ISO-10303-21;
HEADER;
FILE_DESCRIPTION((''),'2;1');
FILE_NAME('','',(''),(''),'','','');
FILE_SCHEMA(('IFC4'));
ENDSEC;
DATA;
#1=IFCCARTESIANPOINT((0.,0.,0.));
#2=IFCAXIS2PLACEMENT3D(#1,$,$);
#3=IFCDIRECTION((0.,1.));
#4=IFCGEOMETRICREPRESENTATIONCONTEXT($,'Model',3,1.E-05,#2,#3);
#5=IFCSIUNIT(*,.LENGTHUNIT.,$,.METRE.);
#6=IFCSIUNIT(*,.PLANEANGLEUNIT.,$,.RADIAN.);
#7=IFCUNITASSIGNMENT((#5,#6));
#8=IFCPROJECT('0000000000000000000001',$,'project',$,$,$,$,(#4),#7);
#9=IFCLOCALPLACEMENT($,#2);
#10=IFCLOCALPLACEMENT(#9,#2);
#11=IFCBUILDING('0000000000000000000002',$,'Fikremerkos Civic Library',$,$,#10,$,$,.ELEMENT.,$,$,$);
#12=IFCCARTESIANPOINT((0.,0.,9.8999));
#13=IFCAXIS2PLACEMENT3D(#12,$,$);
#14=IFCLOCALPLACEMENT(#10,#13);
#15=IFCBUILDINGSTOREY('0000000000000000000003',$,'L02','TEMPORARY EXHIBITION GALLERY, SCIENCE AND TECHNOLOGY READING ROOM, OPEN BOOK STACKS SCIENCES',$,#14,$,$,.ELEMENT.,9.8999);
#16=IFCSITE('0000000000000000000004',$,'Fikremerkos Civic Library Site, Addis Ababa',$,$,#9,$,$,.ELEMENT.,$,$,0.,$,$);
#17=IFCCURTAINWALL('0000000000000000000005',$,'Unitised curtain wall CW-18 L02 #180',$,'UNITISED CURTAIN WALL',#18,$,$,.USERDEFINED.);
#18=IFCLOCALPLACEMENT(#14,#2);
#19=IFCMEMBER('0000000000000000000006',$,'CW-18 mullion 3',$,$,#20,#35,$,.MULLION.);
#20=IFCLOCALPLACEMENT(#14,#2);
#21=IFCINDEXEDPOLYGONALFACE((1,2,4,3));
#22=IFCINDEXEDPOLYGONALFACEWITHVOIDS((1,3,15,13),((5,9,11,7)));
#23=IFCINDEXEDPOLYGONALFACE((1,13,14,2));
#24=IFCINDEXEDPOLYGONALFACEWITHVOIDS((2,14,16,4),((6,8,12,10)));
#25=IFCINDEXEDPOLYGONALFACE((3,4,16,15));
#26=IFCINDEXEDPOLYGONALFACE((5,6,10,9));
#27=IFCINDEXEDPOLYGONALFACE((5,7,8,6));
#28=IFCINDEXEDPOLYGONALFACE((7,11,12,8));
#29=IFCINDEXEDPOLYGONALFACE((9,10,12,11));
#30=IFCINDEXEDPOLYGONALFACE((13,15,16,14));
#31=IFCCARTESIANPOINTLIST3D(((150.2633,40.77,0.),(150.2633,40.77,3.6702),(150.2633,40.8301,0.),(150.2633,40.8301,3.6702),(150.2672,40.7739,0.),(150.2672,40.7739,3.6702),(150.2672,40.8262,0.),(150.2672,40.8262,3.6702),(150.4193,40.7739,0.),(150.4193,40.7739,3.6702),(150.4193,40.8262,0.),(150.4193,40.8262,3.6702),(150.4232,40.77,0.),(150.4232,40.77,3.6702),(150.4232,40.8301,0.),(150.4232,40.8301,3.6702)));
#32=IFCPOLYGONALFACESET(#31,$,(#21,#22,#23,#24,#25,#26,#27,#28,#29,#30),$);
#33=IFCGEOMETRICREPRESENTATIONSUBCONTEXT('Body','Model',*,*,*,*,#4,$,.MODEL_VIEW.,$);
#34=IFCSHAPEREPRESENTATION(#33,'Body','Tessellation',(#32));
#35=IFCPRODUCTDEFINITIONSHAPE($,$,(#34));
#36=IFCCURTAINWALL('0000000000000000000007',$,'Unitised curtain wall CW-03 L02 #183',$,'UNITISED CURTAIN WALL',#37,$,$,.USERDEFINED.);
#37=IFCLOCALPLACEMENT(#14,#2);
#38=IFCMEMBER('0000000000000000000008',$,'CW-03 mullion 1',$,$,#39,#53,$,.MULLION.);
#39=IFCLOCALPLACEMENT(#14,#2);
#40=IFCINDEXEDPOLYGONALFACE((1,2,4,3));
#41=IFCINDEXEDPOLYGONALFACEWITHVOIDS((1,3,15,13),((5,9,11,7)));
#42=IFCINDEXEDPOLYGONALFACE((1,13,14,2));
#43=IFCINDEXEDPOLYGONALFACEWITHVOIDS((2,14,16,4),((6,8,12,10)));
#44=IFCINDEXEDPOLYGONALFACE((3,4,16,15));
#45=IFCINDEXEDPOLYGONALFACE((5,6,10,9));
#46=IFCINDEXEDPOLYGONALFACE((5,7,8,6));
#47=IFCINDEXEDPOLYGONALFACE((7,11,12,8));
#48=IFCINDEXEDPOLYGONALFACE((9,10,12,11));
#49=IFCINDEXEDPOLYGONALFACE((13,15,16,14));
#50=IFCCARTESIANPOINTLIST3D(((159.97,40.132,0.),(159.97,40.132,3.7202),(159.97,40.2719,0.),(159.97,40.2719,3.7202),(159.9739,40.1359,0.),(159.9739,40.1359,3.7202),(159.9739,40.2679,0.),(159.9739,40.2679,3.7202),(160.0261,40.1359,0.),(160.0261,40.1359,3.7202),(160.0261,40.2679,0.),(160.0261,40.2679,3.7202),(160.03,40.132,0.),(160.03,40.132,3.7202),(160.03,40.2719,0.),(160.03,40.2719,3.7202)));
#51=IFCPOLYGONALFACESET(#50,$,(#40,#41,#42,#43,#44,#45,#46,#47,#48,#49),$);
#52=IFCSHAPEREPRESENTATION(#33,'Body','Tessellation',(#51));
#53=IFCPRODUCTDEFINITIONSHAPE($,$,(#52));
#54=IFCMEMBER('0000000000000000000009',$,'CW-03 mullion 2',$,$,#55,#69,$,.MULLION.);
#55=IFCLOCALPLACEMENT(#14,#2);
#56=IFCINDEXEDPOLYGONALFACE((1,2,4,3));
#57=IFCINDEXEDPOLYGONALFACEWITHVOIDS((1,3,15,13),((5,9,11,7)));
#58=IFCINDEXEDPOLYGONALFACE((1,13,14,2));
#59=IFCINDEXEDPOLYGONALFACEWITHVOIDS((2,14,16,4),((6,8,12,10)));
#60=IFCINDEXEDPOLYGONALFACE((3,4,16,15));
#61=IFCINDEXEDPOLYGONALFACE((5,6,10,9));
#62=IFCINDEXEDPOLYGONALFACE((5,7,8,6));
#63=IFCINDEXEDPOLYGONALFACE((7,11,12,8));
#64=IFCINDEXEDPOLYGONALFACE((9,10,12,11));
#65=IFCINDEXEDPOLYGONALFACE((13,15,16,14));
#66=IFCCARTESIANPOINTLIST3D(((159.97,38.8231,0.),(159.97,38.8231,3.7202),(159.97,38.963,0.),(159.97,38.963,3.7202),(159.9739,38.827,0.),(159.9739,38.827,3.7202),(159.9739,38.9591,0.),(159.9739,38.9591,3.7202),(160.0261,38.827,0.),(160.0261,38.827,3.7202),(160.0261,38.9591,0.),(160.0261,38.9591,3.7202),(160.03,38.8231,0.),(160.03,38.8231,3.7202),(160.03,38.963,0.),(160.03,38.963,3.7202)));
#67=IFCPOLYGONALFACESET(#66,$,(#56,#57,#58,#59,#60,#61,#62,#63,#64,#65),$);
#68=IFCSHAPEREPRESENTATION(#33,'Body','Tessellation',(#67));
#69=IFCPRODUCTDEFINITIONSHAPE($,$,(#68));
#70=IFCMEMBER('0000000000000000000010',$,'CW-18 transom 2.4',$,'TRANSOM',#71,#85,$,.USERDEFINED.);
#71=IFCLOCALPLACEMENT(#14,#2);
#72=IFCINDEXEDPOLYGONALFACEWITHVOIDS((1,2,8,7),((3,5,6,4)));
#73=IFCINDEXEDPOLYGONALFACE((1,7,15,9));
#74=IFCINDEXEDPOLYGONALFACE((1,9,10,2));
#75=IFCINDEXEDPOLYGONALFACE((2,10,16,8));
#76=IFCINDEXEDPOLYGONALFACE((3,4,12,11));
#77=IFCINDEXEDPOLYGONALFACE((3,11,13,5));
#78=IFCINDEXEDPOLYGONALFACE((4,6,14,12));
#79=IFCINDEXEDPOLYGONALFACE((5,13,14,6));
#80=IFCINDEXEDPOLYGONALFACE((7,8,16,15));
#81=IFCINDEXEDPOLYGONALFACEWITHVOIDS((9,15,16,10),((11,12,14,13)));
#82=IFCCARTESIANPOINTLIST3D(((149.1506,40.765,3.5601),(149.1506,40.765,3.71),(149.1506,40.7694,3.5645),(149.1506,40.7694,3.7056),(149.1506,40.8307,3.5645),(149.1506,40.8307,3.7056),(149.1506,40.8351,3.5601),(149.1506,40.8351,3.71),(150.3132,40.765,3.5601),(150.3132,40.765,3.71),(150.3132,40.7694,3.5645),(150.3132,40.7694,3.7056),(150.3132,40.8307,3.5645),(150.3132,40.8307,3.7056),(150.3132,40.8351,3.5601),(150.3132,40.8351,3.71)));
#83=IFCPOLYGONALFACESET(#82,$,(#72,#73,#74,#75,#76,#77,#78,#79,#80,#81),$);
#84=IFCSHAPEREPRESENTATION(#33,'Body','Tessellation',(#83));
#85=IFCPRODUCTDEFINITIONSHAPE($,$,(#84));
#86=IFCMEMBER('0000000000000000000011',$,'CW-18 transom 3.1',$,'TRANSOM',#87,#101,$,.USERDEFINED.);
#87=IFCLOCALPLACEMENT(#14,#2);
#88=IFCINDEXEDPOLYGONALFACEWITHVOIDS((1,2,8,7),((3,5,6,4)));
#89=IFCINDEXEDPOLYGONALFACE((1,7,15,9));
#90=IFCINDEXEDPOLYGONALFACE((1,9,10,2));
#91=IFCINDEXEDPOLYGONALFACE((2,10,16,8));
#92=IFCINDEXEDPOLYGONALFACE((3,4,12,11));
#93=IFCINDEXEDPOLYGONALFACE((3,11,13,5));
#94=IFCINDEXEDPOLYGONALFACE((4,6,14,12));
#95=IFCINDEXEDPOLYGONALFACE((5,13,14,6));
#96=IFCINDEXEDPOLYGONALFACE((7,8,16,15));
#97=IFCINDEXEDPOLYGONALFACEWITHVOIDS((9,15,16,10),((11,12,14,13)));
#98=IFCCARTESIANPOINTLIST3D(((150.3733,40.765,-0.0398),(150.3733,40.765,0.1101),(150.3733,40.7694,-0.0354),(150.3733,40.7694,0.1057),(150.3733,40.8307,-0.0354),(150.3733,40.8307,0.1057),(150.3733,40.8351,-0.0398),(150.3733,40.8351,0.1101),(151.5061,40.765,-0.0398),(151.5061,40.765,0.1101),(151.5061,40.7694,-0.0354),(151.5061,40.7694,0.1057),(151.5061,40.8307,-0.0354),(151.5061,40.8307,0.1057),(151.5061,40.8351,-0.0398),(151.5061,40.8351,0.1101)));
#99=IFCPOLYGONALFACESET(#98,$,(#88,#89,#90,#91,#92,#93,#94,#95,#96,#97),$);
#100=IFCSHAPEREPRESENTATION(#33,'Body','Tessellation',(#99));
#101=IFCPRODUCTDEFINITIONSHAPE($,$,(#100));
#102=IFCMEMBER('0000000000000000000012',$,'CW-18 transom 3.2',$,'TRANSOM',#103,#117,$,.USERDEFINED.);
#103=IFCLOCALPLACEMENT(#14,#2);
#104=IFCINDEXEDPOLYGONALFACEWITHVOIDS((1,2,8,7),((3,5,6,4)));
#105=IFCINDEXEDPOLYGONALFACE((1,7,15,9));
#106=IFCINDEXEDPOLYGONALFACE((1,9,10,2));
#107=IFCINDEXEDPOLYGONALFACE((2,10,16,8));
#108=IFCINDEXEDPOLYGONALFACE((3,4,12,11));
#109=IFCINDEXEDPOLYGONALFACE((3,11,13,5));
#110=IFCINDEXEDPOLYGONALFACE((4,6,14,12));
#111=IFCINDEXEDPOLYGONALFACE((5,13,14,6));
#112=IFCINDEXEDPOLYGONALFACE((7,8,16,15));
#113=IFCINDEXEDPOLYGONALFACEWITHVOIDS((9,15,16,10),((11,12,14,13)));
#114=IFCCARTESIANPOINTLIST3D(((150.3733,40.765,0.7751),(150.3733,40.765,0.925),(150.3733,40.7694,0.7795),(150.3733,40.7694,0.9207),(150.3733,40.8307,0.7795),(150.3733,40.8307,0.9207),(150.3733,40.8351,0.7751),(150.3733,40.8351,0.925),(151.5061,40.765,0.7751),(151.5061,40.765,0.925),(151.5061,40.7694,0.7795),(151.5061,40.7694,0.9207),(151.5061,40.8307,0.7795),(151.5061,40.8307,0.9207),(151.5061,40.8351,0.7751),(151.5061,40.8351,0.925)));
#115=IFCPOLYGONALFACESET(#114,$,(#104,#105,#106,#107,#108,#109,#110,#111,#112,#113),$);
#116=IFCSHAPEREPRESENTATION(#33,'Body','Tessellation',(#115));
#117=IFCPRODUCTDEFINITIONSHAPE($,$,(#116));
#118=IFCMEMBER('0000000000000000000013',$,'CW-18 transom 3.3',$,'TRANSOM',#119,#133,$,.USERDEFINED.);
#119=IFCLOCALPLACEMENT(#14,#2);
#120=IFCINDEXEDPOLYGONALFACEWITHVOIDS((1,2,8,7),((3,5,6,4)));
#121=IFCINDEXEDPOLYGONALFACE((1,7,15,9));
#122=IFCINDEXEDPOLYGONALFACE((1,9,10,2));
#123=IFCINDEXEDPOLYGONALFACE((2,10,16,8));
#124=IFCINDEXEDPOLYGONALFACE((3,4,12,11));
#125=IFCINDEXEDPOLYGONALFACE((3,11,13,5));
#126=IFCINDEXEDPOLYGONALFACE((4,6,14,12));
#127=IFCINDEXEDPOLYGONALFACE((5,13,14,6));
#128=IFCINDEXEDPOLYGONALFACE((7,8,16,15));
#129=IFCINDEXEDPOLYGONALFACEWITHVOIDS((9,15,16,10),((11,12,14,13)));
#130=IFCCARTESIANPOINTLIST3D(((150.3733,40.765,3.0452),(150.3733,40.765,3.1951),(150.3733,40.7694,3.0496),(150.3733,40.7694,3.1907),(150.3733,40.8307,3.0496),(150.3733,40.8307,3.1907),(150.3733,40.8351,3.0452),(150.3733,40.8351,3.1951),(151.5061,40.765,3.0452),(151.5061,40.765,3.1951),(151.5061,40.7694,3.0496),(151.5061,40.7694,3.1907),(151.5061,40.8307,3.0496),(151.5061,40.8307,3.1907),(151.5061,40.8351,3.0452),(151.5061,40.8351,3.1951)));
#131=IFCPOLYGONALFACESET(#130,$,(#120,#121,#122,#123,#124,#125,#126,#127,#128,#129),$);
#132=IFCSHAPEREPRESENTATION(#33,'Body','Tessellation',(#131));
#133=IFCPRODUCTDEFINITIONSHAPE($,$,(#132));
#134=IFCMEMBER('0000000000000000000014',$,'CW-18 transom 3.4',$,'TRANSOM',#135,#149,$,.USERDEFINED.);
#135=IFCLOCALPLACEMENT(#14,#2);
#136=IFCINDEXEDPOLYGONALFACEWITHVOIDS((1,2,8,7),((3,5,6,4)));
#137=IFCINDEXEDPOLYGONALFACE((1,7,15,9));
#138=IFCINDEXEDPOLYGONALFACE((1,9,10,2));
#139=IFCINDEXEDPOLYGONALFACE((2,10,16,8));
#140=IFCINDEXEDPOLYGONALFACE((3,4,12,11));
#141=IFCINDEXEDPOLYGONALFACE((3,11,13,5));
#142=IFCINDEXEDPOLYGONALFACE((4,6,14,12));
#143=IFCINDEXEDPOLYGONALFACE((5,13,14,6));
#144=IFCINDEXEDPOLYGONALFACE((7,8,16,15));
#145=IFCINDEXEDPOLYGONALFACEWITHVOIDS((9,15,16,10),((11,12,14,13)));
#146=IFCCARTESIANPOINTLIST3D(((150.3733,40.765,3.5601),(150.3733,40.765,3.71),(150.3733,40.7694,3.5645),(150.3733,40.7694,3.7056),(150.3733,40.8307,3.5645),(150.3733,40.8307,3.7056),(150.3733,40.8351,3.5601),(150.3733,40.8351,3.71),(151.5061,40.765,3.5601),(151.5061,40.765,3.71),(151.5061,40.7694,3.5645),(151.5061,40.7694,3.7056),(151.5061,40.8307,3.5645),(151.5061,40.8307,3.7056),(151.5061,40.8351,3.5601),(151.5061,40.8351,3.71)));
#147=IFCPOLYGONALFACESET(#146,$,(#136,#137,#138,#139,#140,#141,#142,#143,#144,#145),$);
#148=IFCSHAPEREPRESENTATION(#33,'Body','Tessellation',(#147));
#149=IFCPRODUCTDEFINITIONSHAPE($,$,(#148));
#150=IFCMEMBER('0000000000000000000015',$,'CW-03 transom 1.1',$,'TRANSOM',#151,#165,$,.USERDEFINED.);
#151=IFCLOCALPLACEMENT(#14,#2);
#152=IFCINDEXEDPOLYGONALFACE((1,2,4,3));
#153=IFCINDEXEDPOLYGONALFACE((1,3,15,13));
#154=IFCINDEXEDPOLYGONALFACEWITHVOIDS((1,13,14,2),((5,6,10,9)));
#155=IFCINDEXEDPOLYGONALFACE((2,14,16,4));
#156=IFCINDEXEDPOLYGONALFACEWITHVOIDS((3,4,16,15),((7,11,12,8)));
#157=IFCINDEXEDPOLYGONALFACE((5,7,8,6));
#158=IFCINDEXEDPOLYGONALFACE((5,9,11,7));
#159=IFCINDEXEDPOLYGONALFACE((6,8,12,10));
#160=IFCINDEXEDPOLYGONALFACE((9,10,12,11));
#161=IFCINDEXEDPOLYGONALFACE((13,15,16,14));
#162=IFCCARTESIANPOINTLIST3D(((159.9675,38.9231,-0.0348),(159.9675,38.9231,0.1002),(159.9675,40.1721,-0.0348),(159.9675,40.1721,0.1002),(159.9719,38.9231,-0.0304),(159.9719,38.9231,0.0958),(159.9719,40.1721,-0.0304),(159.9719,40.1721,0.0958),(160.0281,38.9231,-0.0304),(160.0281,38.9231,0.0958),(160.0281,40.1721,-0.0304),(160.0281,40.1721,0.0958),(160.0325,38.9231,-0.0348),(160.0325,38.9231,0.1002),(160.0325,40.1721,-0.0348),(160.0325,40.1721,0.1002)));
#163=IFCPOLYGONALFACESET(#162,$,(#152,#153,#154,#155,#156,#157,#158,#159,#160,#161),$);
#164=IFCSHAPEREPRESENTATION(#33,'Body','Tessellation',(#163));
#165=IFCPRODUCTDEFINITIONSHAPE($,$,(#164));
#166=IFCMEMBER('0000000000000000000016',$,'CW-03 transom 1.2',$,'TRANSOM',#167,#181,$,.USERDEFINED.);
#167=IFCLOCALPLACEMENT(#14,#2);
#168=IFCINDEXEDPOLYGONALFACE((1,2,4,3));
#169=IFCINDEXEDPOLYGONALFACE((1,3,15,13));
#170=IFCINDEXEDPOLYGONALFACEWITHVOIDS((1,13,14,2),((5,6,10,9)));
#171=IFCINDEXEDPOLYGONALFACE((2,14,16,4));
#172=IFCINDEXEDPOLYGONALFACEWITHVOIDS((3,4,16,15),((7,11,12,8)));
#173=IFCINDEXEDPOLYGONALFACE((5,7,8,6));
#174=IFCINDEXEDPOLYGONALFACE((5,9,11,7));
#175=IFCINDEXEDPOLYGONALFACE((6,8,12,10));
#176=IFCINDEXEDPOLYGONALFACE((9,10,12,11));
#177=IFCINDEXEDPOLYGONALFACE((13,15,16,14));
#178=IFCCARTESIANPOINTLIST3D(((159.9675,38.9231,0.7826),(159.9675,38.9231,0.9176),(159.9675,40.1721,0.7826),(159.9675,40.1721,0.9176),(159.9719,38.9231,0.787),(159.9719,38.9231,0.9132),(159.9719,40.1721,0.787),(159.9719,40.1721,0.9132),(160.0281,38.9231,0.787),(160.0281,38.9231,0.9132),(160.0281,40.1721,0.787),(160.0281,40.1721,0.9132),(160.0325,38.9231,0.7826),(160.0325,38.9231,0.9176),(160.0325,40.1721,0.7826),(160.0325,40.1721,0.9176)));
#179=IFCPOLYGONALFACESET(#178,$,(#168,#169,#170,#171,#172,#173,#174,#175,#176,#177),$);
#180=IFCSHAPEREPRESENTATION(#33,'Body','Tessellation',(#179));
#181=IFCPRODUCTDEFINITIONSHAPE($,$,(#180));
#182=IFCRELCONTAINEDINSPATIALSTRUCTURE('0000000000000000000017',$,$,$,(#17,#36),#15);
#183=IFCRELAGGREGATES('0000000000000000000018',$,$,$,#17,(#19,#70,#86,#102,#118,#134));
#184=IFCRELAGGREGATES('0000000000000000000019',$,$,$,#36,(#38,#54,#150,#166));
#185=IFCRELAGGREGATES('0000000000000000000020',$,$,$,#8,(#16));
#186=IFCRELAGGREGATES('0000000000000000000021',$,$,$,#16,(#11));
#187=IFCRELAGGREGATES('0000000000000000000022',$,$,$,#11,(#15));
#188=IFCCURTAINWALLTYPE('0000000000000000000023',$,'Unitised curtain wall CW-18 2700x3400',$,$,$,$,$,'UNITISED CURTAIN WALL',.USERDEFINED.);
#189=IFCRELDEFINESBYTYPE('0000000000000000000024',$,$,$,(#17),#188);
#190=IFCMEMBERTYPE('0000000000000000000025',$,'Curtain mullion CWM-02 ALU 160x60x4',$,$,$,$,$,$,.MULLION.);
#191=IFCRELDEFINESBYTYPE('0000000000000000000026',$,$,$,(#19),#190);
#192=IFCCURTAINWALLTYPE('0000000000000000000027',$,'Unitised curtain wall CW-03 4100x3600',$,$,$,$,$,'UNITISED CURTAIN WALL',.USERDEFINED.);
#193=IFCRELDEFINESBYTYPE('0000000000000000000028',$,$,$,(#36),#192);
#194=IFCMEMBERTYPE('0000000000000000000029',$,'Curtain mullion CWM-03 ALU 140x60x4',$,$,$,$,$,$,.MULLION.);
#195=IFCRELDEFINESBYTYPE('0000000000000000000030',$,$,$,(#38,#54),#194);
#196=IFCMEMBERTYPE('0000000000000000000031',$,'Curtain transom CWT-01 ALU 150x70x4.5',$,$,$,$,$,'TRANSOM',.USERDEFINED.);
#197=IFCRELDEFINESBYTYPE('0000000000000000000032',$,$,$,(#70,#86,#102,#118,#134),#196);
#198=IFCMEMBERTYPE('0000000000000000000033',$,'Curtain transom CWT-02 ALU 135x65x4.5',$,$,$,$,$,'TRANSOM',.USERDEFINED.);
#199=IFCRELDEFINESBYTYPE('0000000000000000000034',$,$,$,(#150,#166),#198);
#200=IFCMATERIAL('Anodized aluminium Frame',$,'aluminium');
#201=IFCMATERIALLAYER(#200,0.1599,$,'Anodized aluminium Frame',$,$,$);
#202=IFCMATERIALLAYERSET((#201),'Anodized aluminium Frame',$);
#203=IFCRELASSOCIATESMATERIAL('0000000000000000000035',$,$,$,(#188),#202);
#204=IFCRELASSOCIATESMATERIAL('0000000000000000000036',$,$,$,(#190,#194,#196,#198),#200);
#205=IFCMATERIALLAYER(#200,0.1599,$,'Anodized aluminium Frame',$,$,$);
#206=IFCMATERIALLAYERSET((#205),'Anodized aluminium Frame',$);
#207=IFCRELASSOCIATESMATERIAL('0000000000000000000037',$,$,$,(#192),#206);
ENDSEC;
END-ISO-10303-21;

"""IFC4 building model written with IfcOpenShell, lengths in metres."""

from ifc_helpers import new_model, si_unit, direction, frame, origin, origin_2d, place, context, subcontext, project, spatial, hollow_rectangle, extrude, material, layer, layer_set, material_profile, profile_set, type_object, element, aggregate, save


model = new_model("IFC4")

# Units and contexts
model_context = context("Model", 3, precision=1e-05, world=origin(), true_north=direction((0.0, 1.0)))
body_context = subcontext(model_context, "Body", "Model", "MODEL_VIEW")
ifc_project = project(units=[si_unit("LENGTHUNIT", "METRE"), si_unit("PLANEANGLEUNIT", "RADIAN")], contexts=[model_context])

# Site, building, storey
site_placement = place(None, origin())
site = spatial("IfcSite", under=ifc_project, at=site_placement, Name="Fikremerkos Civic Library Site, Addis Ababa", CompositionType="ELEMENT", RefElevation=0.0)
building_placement = place(site_placement, origin())
building = spatial("IfcBuilding", under=site, at=building_placement, Name="Fikremerkos Civic Library", CompositionType="ELEMENT")
storey_placement = place(building_placement, frame((0.0, 0.0, 9.8999)))
storey = spatial("IfcBuildingStorey", under=building, at=storey_placement, Name="L02", Description="TEMPORARY EXHIBITION GALLERY, SCIENCE AND TECHNOLOGY READING ROOM, OPEN BOOK STACKS SCIENCES", CompositionType="ELEMENT", Elevation=9.8999)

# Curtain wall, member
ifc_material_1 = material(Name="Anodized aluminium Frame", Category="aluminium")
ifc_layer_1 = layer(ifc_material_1, 0.1599, Name="Anodized aluminium Frame")
ifc_layer_set_1 = layer_set([ifc_layer_1], Name="Anodized aluminium Frame")
curtain_wall_type_1 = type_object("IfcCurtainWallType", Name="Unitised curtain wall CW-18 2700x3400", ElementType="UNITISED CURTAIN WALL", PredefinedType="USERDEFINED", material=ifc_layer_set_1)
curtain_wall_1_placement = place(storey_placement, origin())
curtain_wall_1 = element("IfcCurtainWall", 1, at=curtain_wall_1_placement, inside=storey, type_object=curtain_wall_type_1, Name="Unitised curtain wall CW-18 L02 #180", ObjectType="UNITISED CURTAIN WALL", PredefinedType="USERDEFINED")
ifc_material_profile_1 = material_profile(ifc_material_1, hollow_rectangle(XDim=0.0601, YDim=0.1599, WallThickness=0.0039, at=origin_2d()), Name="ALU 160x60x4")
ifc_profile_set_1 = profile_set([ifc_material_profile_1], Name="Anodized aluminium Frame")
member_type_1 = type_object("IfcMemberType", Name="Curtain mullion CWM-02 ALU 160x60x4", PredefinedType="MULLION", material=ifc_profile_set_1)
member_1_placement = place(storey_placement, frame((150.3433, 40.8, 0.0), z_axis=(0.0, 0.0, 1.0), x_axis=(0.0, 1.0, 0.0)))
member_1 = element("IfcMember", 2, at=member_1_placement, type_object=member_type_1, Name="CW-18 mullion 3", PredefinedType="MULLION", context=body_context, shape_type="SweptSolid", body=[
    extrude(hollow_rectangle(XDim=0.0601, YDim=0.1599, WallThickness=0.0039, at=origin_2d()), origin(), (0.0, 0.0, 1.0), 3.6702),
])

# Curtain wall, members
ifc_layer_2 = layer(ifc_material_1, 0.1599, Name="Anodized aluminium Frame")
ifc_layer_set_2 = layer_set([ifc_layer_2], Name="Anodized aluminium Frame")
curtain_wall_type_2 = type_object("IfcCurtainWallType", Name="Unitised curtain wall CW-03 4100x3600", ElementType="UNITISED CURTAIN WALL", PredefinedType="USERDEFINED", material=ifc_layer_set_2)
curtain_wall_2_placement = place(storey_placement, origin())
curtain_wall_2 = element("IfcCurtainWall", 3, at=curtain_wall_2_placement, inside=storey, type_object=curtain_wall_type_2, Name="Unitised curtain wall CW-03 L02 #183", ObjectType="UNITISED CURTAIN WALL", PredefinedType="USERDEFINED")
ifc_material_profile_2 = material_profile(ifc_material_1, hollow_rectangle(XDim=0.0601, YDim=0.1399, WallThickness=0.0039, at=origin_2d()), Name="ALU 140x60x4")
ifc_profile_set_2 = profile_set([ifc_material_profile_2], Name="Anodized aluminium Frame")
member_type_2 = type_object("IfcMemberType", Name="Curtain mullion CWM-03 ALU 140x60x4", PredefinedType="MULLION", material=ifc_profile_set_2)
member_2_placement = place(storey_placement, frame((160.0, 40.2019, 0.0), z_axis=(0.0, 0.0, 1.0), x_axis=(1.0, 0.0, 0.0)))
member_2 = element("IfcMember", 4, at=member_2_placement, type_object=member_type_2, Name="CW-03 mullion 1", PredefinedType="MULLION", context=body_context, shape_type="SweptSolid", body=[
    extrude(hollow_rectangle(XDim=0.0601, YDim=0.1399, WallThickness=0.0039, at=origin_2d()), origin(), (0.0, 0.0, 1.0), 3.7202),
])
member_3_placement = place(storey_placement, frame((160.0, 38.8931, 0.0), z_axis=(0.0, 0.0, 1.0), x_axis=(1.0, 0.0, 0.0)))
member_3 = element("IfcMember", 5, at=member_3_placement, type_object=member_type_2, Name="CW-03 mullion 2", PredefinedType="MULLION", context=body_context, shape_type="SweptSolid", body=[
    extrude(hollow_rectangle(XDim=0.0601, YDim=0.1399, WallThickness=0.0039, at=origin_2d()), origin(), (0.0, 0.0, 1.0), 3.7202),
])

# Members
ifc_material_profile_3 = material_profile(ifc_material_1, hollow_rectangle(XDim=0.0701, YDim=0.1499, WallThickness=0.0044, at=origin_2d()), Name="ALU 150x70x4.5")
ifc_profile_set_3 = profile_set([ifc_material_profile_3], Name="Anodized aluminium Frame")
member_type_3 = type_object("IfcMemberType", Name="Curtain transom CWT-01 ALU 150x70x4.5", ElementType="TRANSOM", PredefinedType="USERDEFINED", material=ifc_profile_set_3)
member_4_placement = place(storey_placement, frame((149.1506, 40.8, 3.635), z_axis=(1.0, 0.0, 0.0), x_axis=(0.0, 1.0, 0.0)))
member_4 = element("IfcMember", 6, at=member_4_placement, type_object=member_type_3, Name="CW-18 transom 2.4", ObjectType="TRANSOM", PredefinedType="USERDEFINED", context=body_context, shape_type="SweptSolid", body=[
    extrude(hollow_rectangle(XDim=0.0701, YDim=0.1499, WallThickness=0.0044, at=origin_2d()), origin(), (0.0, 0.0, 1.0), 1.1626),
])
member_5_placement = place(storey_placement, frame((150.3733, 40.8, 0.0352), z_axis=(1.0, 0.0, 0.0), x_axis=(0.0, 1.0, 0.0)))
member_5 = element("IfcMember", 7, at=member_5_placement, type_object=member_type_3, Name="CW-18 transom 3.1", ObjectType="TRANSOM", PredefinedType="USERDEFINED", context=body_context, shape_type="SweptSolid", body=[
    extrude(hollow_rectangle(XDim=0.0701, YDim=0.1499, WallThickness=0.0044, at=origin_2d()), origin(), (0.0, 0.0, 1.0), 1.1328),
])
member_6_placement = place(storey_placement, frame((150.3733, 40.8, 0.8501), z_axis=(1.0, 0.0, 0.0), x_axis=(0.0, 1.0, 0.0)))
member_6 = element("IfcMember", 8, at=member_6_placement, type_object=member_type_3, Name="CW-18 transom 3.2", ObjectType="TRANSOM", PredefinedType="USERDEFINED", context=body_context, shape_type="SweptSolid", body=[
    extrude(hollow_rectangle(XDim=0.0701, YDim=0.1499, WallThickness=0.0044, at=origin_2d()), origin(), (0.0, 0.0, 1.0), 1.1328),
])
member_7_placement = place(storey_placement, frame((150.3733, 40.8, 3.1201), z_axis=(1.0, 0.0, 0.0), x_axis=(0.0, 1.0, 0.0)))
member_7 = element("IfcMember", 9, at=member_7_placement, type_object=member_type_3, Name="CW-18 transom 3.3", ObjectType="TRANSOM", PredefinedType="USERDEFINED", context=body_context, shape_type="SweptSolid", body=[
    extrude(hollow_rectangle(XDim=0.0701, YDim=0.1499, WallThickness=0.0044, at=origin_2d()), origin(), (0.0, 0.0, 1.0), 1.1328),
])
member_8_placement = place(storey_placement, frame((150.3733, 40.8, 3.635), z_axis=(1.0, 0.0, 0.0), x_axis=(0.0, 1.0, 0.0)))
member_8 = element("IfcMember", 10, at=member_8_placement, type_object=member_type_3, Name="CW-18 transom 3.4", ObjectType="TRANSOM", PredefinedType="USERDEFINED", context=body_context, shape_type="SweptSolid", body=[
    extrude(hollow_rectangle(XDim=0.0701, YDim=0.1499, WallThickness=0.0044, at=origin_2d()), origin(), (0.0, 0.0, 1.0), 1.1328),
])
ifc_material_profile_4 = material_profile(ifc_material_1, hollow_rectangle(XDim=0.0649, YDim=0.135, WallThickness=0.0044, at=origin_2d()), Name="ALU 135x65x4.5")
ifc_profile_set_4 = profile_set([ifc_material_profile_4], Name="Anodized aluminium Frame")
member_type_4 = type_object("IfcMemberType", Name="Curtain transom CWT-02 ALU 135x65x4.5", ElementType="TRANSOM", PredefinedType="USERDEFINED", material=ifc_profile_set_4)
member_9_placement = place(storey_placement, frame((160.0, 40.1721, 0.0327), z_axis=(0.0, -1.0, 0.0), x_axis=(1.0, 0.0, 0.0)))
member_9 = element("IfcMember", 11, at=member_9_placement, type_object=member_type_4, Name="CW-03 transom 1.1", ObjectType="TRANSOM", PredefinedType="USERDEFINED", context=body_context, shape_type="SweptSolid", body=[
    extrude(hollow_rectangle(XDim=0.0649, YDim=0.135, WallThickness=0.0044, at=origin_2d()), origin(), (0.0, 0.0, 1.0), 1.249),
])
member_10_placement = place(storey_placement, frame((160.0, 40.1721, 0.8501), z_axis=(0.0, -1.0, 0.0), x_axis=(1.0, 0.0, 0.0)))
member_10 = element("IfcMember", 12, at=member_10_placement, type_object=member_type_4, Name="CW-03 transom 1.2", ObjectType="TRANSOM", PredefinedType="USERDEFINED", context=body_context, shape_type="SweptSolid", body=[
    extrude(hollow_rectangle(XDim=0.0649, YDim=0.135, WallThickness=0.0044, at=origin_2d()), origin(), (0.0, 0.0, 1.0), 1.249),
])

aggregate(curtain_wall_1, [member_1, member_4, member_5, member_6, member_7, member_8])
aggregate(curtain_wall_2, [member_2, member_3, member_9, member_10])

save(model, "model.ifc")
